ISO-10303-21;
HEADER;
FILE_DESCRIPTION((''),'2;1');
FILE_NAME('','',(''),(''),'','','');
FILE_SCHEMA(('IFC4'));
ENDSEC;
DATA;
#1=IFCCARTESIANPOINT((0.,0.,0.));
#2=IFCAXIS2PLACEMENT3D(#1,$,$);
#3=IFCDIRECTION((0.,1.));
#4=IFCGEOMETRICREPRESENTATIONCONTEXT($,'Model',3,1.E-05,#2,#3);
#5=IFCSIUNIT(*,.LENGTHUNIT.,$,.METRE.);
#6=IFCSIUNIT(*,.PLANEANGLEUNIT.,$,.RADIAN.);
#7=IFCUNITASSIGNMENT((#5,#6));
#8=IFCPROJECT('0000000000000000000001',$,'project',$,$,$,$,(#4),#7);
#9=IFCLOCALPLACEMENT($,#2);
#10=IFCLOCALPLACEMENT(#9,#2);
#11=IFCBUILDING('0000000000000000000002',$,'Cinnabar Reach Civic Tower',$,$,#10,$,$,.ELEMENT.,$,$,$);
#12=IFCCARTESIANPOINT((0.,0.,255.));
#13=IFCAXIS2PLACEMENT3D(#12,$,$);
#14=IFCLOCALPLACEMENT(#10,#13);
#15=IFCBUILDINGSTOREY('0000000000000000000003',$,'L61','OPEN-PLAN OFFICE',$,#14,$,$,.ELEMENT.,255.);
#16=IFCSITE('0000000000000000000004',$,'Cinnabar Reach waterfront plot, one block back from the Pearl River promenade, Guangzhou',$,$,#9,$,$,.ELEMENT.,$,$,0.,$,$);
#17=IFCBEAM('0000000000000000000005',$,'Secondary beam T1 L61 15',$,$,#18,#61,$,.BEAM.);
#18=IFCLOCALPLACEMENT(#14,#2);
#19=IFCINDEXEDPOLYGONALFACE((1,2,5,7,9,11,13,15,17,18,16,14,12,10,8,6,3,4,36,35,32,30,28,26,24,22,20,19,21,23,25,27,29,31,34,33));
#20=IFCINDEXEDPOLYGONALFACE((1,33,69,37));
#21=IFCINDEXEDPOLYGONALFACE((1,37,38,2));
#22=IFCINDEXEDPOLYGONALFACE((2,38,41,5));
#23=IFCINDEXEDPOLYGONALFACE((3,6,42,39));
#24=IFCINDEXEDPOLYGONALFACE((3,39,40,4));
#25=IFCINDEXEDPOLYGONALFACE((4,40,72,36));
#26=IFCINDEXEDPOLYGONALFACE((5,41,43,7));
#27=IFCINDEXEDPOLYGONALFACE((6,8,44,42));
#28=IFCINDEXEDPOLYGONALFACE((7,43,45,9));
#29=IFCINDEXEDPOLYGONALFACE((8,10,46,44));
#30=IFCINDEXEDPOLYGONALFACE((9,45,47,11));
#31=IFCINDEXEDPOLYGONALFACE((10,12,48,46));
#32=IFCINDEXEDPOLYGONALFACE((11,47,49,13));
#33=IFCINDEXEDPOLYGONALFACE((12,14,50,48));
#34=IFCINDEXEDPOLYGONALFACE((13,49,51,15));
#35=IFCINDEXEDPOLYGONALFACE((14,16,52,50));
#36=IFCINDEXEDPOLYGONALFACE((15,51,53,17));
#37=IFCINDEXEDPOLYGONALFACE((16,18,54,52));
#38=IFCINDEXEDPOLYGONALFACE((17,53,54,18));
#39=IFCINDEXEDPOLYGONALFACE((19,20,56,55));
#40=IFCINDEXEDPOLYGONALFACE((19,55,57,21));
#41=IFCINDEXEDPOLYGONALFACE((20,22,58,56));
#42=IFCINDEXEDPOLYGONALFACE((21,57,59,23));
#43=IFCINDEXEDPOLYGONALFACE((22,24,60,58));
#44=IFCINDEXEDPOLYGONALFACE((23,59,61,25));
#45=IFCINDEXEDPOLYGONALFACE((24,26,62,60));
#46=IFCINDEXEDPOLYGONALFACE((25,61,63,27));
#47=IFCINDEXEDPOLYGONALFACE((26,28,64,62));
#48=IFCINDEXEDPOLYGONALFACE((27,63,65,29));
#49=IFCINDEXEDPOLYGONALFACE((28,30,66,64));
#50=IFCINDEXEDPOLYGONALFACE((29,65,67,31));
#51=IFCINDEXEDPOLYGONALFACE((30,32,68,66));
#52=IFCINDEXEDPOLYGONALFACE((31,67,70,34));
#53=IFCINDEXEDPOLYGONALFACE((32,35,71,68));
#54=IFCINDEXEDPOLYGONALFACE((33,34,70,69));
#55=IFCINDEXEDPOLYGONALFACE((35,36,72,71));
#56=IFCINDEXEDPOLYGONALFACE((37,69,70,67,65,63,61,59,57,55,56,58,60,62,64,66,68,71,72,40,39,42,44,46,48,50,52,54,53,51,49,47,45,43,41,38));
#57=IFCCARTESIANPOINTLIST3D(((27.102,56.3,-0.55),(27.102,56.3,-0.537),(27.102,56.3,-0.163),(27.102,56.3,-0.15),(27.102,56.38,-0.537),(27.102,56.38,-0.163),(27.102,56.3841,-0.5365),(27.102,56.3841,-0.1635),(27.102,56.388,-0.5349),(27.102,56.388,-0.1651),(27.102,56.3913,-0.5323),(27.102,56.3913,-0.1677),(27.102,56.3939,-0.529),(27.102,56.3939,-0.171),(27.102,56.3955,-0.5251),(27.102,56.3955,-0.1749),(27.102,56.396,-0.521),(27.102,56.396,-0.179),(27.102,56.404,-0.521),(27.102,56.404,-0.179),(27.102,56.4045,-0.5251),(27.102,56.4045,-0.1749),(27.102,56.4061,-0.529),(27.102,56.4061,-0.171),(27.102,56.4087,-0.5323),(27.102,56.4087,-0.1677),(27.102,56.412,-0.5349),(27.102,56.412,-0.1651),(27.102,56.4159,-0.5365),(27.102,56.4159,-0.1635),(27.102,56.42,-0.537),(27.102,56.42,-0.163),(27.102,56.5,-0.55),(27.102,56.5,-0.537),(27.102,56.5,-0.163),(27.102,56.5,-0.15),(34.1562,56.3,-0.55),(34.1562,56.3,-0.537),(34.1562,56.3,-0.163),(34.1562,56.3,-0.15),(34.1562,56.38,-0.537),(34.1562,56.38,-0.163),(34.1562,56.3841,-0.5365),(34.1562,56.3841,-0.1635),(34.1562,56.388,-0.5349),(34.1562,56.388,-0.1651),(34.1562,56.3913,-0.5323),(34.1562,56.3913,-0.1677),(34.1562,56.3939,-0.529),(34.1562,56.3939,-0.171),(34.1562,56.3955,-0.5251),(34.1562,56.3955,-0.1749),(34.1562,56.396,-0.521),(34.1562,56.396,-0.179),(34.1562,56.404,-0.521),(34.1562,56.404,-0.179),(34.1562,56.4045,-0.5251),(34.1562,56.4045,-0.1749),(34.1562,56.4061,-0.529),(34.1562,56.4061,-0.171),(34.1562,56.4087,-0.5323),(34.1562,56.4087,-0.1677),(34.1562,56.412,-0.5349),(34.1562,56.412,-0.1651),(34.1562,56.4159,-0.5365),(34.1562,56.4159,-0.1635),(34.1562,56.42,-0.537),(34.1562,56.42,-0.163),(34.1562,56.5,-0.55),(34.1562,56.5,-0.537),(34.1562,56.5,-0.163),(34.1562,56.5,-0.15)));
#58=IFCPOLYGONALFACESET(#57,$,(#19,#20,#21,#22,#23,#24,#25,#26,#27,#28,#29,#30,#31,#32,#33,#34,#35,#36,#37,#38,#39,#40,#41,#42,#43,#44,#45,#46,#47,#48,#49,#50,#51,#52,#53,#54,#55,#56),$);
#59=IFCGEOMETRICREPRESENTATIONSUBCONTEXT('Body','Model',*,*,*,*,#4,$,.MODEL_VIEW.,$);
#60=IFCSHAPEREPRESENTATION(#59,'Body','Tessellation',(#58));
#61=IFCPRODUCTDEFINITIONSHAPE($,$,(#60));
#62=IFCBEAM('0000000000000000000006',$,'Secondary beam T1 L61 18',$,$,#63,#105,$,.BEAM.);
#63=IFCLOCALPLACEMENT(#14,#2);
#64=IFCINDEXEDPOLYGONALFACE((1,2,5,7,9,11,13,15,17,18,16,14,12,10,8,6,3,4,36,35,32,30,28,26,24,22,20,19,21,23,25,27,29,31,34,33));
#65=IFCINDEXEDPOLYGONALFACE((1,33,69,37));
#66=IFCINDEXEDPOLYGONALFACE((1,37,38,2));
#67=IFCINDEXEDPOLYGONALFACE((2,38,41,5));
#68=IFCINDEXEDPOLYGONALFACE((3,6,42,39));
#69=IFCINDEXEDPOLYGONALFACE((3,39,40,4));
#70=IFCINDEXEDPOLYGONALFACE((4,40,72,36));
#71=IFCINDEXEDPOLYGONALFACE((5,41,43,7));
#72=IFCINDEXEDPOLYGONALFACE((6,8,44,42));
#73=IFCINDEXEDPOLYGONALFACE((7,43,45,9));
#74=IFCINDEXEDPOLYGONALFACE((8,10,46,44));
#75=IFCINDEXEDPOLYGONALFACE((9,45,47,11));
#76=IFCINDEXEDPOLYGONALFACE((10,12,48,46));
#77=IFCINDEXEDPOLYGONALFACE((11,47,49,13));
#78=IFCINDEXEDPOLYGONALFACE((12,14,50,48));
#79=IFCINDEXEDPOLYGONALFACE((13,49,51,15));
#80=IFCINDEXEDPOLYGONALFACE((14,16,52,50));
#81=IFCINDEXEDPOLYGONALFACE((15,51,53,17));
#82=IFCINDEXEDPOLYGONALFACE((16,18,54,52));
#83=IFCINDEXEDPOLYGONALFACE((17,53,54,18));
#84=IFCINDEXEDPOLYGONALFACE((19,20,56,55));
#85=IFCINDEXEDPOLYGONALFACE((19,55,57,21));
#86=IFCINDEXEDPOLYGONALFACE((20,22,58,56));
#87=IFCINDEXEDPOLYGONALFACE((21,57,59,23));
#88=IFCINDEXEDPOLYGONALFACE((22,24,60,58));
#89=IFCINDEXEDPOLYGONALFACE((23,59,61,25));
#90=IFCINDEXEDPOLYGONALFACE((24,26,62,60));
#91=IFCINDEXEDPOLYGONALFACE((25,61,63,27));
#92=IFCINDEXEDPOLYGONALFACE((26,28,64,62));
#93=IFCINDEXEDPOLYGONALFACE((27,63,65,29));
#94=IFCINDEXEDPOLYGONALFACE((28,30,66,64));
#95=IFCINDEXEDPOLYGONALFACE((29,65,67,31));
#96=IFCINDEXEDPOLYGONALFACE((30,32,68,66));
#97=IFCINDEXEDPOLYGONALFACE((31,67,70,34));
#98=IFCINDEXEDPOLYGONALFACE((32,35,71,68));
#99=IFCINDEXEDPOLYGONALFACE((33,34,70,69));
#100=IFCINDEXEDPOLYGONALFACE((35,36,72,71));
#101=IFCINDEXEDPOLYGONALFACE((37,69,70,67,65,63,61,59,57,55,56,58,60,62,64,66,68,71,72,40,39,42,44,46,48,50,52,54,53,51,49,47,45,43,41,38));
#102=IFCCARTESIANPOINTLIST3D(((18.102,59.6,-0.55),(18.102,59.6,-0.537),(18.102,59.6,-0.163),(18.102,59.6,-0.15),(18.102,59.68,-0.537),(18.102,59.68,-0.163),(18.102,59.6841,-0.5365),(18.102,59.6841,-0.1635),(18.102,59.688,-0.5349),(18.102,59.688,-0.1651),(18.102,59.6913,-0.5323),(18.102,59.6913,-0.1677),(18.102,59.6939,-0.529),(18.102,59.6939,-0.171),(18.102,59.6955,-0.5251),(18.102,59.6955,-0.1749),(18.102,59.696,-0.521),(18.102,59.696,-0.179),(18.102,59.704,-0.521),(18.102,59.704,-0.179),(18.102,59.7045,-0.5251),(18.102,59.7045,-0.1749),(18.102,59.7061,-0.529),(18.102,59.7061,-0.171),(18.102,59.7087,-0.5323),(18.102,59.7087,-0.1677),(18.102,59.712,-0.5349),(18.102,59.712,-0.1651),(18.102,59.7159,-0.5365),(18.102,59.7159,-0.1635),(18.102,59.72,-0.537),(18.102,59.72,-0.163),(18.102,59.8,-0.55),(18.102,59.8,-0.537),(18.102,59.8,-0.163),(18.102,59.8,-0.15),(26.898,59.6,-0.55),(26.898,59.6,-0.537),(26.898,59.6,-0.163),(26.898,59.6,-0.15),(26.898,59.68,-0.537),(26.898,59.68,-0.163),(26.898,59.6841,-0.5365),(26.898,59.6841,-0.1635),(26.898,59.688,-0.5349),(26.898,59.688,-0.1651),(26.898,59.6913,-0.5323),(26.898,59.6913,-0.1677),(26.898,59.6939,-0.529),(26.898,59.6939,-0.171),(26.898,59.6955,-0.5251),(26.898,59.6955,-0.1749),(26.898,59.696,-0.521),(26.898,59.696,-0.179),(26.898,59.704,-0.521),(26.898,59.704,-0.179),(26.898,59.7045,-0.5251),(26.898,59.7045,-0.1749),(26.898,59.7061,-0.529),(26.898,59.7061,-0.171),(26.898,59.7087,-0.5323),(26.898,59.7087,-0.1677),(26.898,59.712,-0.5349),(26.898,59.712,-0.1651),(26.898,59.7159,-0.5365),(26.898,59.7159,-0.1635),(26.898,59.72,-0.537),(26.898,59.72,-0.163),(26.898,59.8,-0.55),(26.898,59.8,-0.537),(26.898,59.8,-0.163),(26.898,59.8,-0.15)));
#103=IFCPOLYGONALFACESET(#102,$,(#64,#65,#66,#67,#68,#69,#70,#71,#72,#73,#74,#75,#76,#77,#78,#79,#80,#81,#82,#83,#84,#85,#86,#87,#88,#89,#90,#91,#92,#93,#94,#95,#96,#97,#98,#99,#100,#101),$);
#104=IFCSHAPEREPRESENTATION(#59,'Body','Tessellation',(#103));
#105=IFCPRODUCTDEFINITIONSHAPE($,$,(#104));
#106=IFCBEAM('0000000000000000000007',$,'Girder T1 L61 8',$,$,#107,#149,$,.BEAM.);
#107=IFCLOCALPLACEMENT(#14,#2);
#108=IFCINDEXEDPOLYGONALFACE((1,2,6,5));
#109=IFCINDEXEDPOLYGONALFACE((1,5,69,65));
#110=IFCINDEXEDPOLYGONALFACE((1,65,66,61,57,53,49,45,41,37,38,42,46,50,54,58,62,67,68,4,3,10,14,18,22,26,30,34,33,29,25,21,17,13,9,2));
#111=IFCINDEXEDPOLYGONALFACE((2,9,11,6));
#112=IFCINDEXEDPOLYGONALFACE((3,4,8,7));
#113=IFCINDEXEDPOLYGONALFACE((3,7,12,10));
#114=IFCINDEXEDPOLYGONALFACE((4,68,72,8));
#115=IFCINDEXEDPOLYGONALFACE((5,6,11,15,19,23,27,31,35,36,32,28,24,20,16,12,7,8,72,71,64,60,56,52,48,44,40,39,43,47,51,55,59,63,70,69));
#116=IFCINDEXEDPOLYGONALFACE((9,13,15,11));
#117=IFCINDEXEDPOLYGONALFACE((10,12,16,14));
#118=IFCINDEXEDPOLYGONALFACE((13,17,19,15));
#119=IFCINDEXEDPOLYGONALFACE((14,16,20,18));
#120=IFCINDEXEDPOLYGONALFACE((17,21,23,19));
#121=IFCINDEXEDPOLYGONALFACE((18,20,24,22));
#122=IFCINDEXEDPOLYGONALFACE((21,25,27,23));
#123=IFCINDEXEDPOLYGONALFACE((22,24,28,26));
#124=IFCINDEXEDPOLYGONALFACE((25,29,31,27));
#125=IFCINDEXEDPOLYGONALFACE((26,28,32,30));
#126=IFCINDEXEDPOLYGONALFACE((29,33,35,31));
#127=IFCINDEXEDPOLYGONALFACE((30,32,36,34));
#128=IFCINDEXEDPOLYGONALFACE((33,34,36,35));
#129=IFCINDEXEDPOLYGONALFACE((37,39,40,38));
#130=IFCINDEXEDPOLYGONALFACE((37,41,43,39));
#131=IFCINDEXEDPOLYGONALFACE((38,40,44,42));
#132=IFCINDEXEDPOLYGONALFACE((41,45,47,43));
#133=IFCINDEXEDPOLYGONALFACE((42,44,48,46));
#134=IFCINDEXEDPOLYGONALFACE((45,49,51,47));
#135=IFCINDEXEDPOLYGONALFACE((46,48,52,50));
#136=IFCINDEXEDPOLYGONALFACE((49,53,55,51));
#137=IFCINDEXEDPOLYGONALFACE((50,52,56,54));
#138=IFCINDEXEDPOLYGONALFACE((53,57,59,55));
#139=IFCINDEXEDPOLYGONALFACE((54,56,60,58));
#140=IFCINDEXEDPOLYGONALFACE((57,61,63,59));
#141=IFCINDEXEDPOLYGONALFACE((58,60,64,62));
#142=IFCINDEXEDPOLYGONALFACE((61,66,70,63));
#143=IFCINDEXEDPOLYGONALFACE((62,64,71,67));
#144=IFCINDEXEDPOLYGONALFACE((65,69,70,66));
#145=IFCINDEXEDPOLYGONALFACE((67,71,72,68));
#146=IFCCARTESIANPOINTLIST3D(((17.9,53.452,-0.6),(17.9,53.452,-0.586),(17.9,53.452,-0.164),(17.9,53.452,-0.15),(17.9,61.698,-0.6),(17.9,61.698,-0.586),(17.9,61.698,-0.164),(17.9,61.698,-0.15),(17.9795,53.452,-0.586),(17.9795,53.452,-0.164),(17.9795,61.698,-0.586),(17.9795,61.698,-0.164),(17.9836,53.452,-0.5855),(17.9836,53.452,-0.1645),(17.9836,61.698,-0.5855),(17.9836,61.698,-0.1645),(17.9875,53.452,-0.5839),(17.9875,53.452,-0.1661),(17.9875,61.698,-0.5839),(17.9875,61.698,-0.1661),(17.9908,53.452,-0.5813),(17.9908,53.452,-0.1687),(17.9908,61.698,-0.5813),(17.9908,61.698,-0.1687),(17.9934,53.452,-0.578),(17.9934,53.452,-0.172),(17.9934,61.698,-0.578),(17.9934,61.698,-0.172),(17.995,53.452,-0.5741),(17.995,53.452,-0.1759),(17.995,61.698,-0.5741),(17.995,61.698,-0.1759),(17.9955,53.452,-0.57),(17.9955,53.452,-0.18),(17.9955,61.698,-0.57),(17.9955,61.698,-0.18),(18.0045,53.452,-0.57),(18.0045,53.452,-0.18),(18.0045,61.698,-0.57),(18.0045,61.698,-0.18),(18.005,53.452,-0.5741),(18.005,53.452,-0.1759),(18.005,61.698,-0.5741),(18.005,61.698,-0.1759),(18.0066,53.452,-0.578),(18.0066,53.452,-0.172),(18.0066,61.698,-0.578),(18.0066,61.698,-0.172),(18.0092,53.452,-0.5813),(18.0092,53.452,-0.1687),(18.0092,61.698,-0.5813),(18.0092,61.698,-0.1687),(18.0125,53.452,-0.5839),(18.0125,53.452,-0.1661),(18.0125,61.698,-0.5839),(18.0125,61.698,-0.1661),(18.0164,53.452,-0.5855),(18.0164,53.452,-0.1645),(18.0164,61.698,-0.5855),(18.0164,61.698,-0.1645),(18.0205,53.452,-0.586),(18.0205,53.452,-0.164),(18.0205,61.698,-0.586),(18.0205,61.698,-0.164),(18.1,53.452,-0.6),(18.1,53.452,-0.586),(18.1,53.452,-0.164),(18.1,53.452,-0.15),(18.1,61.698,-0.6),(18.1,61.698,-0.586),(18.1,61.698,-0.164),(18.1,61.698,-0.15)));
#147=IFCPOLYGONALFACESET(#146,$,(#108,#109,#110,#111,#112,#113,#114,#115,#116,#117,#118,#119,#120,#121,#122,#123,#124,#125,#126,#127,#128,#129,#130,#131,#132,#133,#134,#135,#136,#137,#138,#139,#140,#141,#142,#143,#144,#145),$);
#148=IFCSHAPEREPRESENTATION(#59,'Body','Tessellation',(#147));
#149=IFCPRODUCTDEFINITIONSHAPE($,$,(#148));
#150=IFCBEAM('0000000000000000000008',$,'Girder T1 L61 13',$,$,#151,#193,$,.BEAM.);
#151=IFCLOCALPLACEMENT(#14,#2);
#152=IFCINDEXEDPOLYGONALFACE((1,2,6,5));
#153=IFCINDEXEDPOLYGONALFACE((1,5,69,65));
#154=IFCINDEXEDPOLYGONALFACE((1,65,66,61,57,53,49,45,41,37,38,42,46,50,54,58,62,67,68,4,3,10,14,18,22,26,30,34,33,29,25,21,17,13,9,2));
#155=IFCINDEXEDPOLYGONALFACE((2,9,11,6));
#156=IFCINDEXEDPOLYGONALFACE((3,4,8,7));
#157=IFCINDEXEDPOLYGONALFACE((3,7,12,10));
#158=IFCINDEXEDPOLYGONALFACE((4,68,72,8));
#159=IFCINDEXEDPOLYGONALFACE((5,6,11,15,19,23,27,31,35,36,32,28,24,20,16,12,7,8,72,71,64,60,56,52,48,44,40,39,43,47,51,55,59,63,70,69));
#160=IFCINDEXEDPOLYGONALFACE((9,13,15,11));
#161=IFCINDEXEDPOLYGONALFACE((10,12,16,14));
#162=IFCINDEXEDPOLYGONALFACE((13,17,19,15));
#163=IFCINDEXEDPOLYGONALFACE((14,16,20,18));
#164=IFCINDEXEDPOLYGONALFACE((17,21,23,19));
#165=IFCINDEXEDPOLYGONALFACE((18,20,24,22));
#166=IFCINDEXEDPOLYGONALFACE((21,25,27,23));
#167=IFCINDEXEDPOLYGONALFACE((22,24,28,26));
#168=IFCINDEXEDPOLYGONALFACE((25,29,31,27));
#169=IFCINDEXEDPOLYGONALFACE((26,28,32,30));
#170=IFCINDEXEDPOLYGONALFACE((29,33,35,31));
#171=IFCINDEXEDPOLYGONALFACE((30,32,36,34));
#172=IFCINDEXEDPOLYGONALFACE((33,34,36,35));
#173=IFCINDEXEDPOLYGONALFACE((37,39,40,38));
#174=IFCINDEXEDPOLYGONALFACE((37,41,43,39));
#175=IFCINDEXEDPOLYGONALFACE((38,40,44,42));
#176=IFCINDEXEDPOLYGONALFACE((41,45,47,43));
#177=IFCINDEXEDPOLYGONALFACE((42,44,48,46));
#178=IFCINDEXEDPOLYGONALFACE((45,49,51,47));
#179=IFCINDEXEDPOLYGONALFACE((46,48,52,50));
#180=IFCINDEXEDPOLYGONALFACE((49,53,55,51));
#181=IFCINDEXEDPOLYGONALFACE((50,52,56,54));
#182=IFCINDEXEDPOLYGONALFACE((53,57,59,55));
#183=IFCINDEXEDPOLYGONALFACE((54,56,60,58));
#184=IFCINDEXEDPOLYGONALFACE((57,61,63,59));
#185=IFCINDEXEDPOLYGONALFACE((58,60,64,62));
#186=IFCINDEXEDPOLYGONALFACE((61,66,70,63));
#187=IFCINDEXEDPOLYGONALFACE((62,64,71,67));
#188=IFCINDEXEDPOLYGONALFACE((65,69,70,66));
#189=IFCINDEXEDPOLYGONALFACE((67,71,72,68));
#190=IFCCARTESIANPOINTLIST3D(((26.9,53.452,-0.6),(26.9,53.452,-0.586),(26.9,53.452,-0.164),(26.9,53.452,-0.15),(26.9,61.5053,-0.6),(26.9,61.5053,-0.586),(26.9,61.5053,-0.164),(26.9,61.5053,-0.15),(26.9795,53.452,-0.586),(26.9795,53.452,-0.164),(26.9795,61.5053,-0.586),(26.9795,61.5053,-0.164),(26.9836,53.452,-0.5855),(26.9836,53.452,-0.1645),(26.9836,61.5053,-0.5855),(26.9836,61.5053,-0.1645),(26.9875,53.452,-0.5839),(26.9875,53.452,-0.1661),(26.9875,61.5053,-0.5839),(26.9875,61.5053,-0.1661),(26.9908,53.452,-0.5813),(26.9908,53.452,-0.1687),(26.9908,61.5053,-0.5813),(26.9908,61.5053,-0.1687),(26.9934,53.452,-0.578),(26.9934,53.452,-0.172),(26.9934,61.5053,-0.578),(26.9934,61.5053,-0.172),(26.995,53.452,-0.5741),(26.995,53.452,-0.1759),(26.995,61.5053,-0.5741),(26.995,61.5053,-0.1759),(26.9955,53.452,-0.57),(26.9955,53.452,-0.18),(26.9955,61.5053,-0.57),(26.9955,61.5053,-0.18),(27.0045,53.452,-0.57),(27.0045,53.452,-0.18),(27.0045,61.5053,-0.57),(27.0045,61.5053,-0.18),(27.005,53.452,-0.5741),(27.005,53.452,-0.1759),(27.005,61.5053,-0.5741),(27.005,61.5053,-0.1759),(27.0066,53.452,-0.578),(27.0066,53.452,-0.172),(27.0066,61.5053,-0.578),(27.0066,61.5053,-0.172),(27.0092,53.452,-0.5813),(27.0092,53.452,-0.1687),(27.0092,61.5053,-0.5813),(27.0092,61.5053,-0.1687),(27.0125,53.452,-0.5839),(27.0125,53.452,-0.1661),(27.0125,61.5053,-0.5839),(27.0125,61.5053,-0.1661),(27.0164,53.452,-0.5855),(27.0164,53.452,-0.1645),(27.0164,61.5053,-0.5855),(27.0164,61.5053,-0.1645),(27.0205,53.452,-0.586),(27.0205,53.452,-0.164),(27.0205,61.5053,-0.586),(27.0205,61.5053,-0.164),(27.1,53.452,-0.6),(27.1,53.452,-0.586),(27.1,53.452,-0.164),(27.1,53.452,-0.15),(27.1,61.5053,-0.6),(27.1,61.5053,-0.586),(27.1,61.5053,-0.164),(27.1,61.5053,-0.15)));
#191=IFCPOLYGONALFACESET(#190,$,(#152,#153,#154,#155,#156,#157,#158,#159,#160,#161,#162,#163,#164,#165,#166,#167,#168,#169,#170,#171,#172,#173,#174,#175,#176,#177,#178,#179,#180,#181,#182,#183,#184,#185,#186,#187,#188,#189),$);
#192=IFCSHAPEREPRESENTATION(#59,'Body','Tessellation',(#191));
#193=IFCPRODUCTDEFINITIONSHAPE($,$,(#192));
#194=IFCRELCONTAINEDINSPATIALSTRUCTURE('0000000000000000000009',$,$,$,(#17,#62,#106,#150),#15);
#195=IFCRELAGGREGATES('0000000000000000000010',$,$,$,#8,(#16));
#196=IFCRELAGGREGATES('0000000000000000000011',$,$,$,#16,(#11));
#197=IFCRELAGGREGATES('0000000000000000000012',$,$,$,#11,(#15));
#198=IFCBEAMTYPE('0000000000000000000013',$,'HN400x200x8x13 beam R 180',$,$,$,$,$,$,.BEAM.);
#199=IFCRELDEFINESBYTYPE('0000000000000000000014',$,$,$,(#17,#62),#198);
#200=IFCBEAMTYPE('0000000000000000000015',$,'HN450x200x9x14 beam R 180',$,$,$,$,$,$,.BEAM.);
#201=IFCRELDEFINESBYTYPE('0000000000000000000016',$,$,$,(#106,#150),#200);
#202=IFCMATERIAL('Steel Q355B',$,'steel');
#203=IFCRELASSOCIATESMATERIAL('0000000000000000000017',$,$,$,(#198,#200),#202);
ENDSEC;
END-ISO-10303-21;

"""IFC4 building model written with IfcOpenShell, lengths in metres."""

from ifc_helpers import new_model, si_unit, direction, frame, origin, origin_2d, place, context, subcontext, project, spatial, i_section, extrude, material, material_profile, profile_set, type_object, element, save


model = new_model("IFC4")

# Units and contexts
model_context = context("Model", 3, precision=1e-05, world=origin(), true_north=direction((0.0, 1.0)))
body_context = subcontext(model_context, "Body", "Model", "MODEL_VIEW")
ifc_project = project(units=[si_unit("LENGTHUNIT", "METRE"), si_unit("PLANEANGLEUNIT", "RADIAN")], contexts=[model_context])

# Site, building, storey
site_placement = place(None, origin())
site = spatial("IfcSite", under=ifc_project, at=site_placement, Name="Cinnabar Reach waterfront plot, one block back from the Pearl River promenade, Guangzhou", CompositionType="ELEMENT", RefElevation=0.0)
building_placement = place(site_placement, origin())
building = spatial("IfcBuilding", under=site, at=building_placement, Name="Cinnabar Reach Civic Tower", CompositionType="ELEMENT")
storey_placement = place(building_placement, frame((0.0, 0.0, 255.0)))
storey = spatial("IfcBuildingStorey", under=building, at=storey_placement, Name="L61", Description="OPEN-PLAN OFFICE", CompositionType="ELEMENT", Elevation=255.0)

# Beams
ifc_material_1 = material(Name="Steel Q355B", Category="steel")
ifc_material_profile_1 = material_profile(ifc_material_1, i_section(OverallWidth=0.2, OverallDepth=0.4, WebThickness=0.008, FlangeThickness=0.013, FilletRadius=0.016, at=origin_2d()), Name="HN400x200x8x13")
ifc_profile_set_1 = profile_set([ifc_material_profile_1], Name="Steel Q355B")
beam_type_1 = type_object("IfcBeamType", Name="HN400x200x8x13 beam R 180", PredefinedType="BEAM", material=ifc_profile_set_1)
beam_1_placement = place(storey_placement, frame((27.102, 56.4, -0.35), z_axis=(1.0, 0.0, 0.0), x_axis=(0.0, 1.0, 0.0)))
element("IfcBeam", 1, at=beam_1_placement, inside=storey, type_object=beam_type_1, Name="Secondary beam T1 L61 15", PredefinedType="BEAM", context=body_context, shape_type="SweptSolid", body=[
    extrude(i_section(OverallWidth=0.2, OverallDepth=0.4, WebThickness=0.008, FlangeThickness=0.013, FilletRadius=0.016, at=origin_2d()), origin(), (0.0, 0.0, 1.0), 7.0542),
])
beam_2_placement = place(storey_placement, frame((18.102, 59.7, -0.35), z_axis=(1.0, 0.0, 0.0), x_axis=(0.0, 1.0, 0.0)))
element("IfcBeam", 2, at=beam_2_placement, inside=storey, type_object=beam_type_1, Name="Secondary beam T1 L61 18", PredefinedType="BEAM", context=body_context, shape_type="SweptSolid", body=[
    extrude(i_section(OverallWidth=0.2, OverallDepth=0.4, WebThickness=0.008, FlangeThickness=0.013, FilletRadius=0.016, at=origin_2d()), origin(), (0.0, 0.0, 1.0), 8.796),
])
ifc_material_profile_2 = material_profile(ifc_material_1, i_section(OverallWidth=0.2, OverallDepth=0.45, WebThickness=0.009, FlangeThickness=0.014, FilletRadius=0.016, at=origin_2d()), Name="HN450x200x9x14")
ifc_profile_set_2 = profile_set([ifc_material_profile_2], Name="Steel Q355B")
beam_type_2 = type_object("IfcBeamType", Name="HN450x200x9x14 beam R 180", PredefinedType="BEAM", material=ifc_profile_set_2)
beam_3_placement = place(storey_placement, frame((18.0, 53.452, -0.375), z_axis=(0.0, 1.0, 0.0), x_axis=(-1.0, 0.0, 0.0)))
element("IfcBeam", 3, at=beam_3_placement, inside=storey, type_object=beam_type_2, Name="Girder T1 L61 8", PredefinedType="BEAM", context=body_context, shape_type="SweptSolid", body=[
    extrude(i_section(OverallWidth=0.2, OverallDepth=0.45, WebThickness=0.009, FlangeThickness=0.014, FilletRadius=0.016, at=origin_2d()), origin(), (0.0, 0.0, 1.0), 8.246),
])
beam_4_placement = place(storey_placement, frame((27.0, 53.452, -0.375), z_axis=(0.0, 1.0, 0.0), x_axis=(-1.0, 0.0, 0.0)))
element("IfcBeam", 4, at=beam_4_placement, inside=storey, type_object=beam_type_2, Name="Girder T1 L61 13", PredefinedType="BEAM", context=body_context, shape_type="SweptSolid", body=[
    extrude(i_section(OverallWidth=0.2, OverallDepth=0.45, WebThickness=0.009, FlangeThickness=0.014, FilletRadius=0.016, at=origin_2d()), origin(), (0.0, 0.0, 1.0), 8.0533),
])

save(model, "model.ifc")
